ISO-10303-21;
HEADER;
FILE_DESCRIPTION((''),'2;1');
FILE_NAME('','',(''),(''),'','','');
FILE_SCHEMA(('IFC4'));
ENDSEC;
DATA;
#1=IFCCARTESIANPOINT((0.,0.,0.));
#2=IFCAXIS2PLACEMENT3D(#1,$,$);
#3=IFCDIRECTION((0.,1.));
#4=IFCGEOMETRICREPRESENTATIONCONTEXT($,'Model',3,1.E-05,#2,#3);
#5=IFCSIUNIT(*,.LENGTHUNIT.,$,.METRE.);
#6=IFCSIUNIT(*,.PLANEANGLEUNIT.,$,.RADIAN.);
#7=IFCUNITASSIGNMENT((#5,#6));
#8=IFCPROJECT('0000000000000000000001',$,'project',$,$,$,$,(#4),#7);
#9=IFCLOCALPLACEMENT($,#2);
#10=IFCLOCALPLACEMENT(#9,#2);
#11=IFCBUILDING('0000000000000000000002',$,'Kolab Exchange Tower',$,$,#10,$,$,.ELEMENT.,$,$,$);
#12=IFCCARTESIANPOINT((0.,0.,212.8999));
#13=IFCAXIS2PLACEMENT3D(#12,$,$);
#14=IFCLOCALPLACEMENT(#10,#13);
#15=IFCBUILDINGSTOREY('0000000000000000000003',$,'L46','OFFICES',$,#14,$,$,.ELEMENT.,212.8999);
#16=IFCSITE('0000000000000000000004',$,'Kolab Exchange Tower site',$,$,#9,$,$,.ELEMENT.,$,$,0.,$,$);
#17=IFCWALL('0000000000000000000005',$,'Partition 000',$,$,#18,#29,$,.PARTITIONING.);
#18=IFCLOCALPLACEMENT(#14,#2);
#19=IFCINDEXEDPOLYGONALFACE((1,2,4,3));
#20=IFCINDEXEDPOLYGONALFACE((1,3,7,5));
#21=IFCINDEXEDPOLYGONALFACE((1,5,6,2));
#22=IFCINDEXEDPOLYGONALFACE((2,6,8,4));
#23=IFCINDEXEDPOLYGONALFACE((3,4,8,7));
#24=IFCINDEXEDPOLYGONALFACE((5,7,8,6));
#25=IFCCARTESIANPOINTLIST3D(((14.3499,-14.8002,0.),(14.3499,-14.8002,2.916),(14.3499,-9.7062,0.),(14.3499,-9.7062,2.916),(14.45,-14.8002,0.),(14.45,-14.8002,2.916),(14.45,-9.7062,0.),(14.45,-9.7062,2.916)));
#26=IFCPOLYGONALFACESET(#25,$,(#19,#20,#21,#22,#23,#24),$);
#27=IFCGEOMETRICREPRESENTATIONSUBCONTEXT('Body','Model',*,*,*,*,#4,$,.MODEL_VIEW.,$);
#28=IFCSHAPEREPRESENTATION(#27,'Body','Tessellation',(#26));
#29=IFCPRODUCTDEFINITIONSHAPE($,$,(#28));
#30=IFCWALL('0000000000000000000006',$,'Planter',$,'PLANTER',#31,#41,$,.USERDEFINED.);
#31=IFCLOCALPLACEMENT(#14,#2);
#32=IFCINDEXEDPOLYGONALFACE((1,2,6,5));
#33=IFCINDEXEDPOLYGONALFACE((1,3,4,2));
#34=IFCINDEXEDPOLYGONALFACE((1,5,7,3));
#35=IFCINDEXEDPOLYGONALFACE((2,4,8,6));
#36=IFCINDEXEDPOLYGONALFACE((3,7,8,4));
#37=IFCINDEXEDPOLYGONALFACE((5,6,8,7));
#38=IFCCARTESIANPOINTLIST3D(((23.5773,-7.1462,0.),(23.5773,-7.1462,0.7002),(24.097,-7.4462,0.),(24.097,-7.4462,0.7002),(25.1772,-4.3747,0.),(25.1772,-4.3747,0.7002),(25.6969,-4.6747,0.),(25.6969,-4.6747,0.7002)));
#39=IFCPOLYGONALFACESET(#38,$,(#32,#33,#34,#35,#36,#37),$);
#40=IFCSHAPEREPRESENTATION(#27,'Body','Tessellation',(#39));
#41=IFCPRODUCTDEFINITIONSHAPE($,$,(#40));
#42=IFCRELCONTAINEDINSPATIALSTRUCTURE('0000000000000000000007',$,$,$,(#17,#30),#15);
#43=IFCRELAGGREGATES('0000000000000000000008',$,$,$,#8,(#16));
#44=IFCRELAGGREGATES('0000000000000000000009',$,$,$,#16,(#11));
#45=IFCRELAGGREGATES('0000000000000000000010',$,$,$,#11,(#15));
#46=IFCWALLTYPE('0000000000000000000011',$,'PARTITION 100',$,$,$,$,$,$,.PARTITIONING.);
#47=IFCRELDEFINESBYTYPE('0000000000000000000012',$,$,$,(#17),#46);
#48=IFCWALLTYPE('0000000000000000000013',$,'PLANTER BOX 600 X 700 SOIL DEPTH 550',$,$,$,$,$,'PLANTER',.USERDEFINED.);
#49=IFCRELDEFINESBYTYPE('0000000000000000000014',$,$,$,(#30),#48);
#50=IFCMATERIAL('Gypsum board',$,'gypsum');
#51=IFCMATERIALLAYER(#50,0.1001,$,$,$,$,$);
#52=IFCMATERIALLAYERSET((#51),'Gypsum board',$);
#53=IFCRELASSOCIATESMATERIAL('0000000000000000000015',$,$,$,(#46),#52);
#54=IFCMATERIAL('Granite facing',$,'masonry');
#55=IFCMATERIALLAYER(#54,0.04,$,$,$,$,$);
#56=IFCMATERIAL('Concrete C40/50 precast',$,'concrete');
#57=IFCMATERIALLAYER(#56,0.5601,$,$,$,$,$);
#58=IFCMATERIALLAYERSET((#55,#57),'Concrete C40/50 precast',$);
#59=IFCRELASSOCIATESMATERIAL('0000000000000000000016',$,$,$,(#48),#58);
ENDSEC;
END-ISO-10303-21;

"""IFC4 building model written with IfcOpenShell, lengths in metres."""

from ifc_helpers import new_model, si_unit, direction, frame, frame_2d, origin, place, context, subcontext, project, spatial, rectangle, extrude, material, layer, layer_set, type_object, element, save


model = new_model("IFC4")

# Units and contexts
model_context = context("Model", 3, precision=1e-05, world=origin(), true_north=direction((0.0, 1.0)))
body_context = subcontext(model_context, "Body", "Model", "MODEL_VIEW")
ifc_project = project(units=[si_unit("LENGTHUNIT", "METRE"), si_unit("PLANEANGLEUNIT", "RADIAN")], contexts=[model_context])

# Site, building, storey
site_placement = place(None, origin())
site = spatial("IfcSite", under=ifc_project, at=site_placement, Name="Kolab Exchange Tower site", CompositionType="ELEMENT", RefElevation=0.0)
building_placement = place(site_placement, origin())
building = spatial("IfcBuilding", under=site, at=building_placement, Name="Kolab Exchange Tower", CompositionType="ELEMENT")
storey_placement = place(building_placement, frame((0.0, 0.0, 212.8999)))
storey = spatial("IfcBuildingStorey", under=building, at=storey_placement, Name="L46", Description="OFFICES", CompositionType="ELEMENT", Elevation=212.8999)

# Walls
ifc_material_1 = material(Name="Gypsum board", Category="gypsum")
ifc_layer_1 = layer(ifc_material_1, 0.1001)
ifc_layer_set_1 = layer_set([ifc_layer_1], Name="Gypsum board")
wall_type_1 = type_object("IfcWallType", Name="PARTITION 100", PredefinedType="PARTITIONING", material=ifc_layer_set_1)
wall_1_placement = place(storey_placement, frame((14.3999, -14.8, 0.0), z_axis=(0.0, 0.0, 1.0), x_axis=(0.0, 1.0, 0.0)))
element("IfcWall", 1, at=wall_1_placement, inside=storey, type_object=wall_type_1, Name="Partition 000", PredefinedType="PARTITIONING", context=body_context, shape_type="SweptSolid", body=[
    extrude(rectangle(XDim=5.094, YDim=0.1001, at=frame_2d((2.5469, 0.0))), origin(), (0.0, 0.0, 1.0), 2.916),
])
ifc_material_2 = material(Name="Granite facing", Category="masonry")
ifc_layer_2 = layer(ifc_material_2, 0.04)
ifc_material_3 = material(Name="Concrete C40/50 precast", Category="concrete")
ifc_layer_3 = layer(ifc_material_3, 0.5601)
ifc_layer_set_2 = layer_set([ifc_layer_2, ifc_layer_3], Name="Concrete C40/50 precast")
wall_type_2 = type_object("IfcWallType", Name="PLANTER BOX 600 X 700 SOIL DEPTH 550", ElementType="PLANTER", PredefinedType="USERDEFINED", material=ifc_layer_set_2)
wall_2_placement = place(storey_placement, frame((25.437, -4.5247, 0.0), z_axis=(0.0, 0.0, 1.0), x_axis=(-0.499938, -0.866061, 0.0)))
element("IfcWall", 2, at=wall_2_placement, inside=storey, type_object=wall_type_2, Name="Planter", ObjectType="PLANTER", PredefinedType="USERDEFINED", context=body_context, shape_type="SweptSolid", body=[
    extrude(rectangle(XDim=3.2002, YDim=0.6001, at=frame_2d((1.6001, 0.0))), origin(), (0.0, 0.0, 1.0), 0.7002),
])

save(model, "model.ifc")
